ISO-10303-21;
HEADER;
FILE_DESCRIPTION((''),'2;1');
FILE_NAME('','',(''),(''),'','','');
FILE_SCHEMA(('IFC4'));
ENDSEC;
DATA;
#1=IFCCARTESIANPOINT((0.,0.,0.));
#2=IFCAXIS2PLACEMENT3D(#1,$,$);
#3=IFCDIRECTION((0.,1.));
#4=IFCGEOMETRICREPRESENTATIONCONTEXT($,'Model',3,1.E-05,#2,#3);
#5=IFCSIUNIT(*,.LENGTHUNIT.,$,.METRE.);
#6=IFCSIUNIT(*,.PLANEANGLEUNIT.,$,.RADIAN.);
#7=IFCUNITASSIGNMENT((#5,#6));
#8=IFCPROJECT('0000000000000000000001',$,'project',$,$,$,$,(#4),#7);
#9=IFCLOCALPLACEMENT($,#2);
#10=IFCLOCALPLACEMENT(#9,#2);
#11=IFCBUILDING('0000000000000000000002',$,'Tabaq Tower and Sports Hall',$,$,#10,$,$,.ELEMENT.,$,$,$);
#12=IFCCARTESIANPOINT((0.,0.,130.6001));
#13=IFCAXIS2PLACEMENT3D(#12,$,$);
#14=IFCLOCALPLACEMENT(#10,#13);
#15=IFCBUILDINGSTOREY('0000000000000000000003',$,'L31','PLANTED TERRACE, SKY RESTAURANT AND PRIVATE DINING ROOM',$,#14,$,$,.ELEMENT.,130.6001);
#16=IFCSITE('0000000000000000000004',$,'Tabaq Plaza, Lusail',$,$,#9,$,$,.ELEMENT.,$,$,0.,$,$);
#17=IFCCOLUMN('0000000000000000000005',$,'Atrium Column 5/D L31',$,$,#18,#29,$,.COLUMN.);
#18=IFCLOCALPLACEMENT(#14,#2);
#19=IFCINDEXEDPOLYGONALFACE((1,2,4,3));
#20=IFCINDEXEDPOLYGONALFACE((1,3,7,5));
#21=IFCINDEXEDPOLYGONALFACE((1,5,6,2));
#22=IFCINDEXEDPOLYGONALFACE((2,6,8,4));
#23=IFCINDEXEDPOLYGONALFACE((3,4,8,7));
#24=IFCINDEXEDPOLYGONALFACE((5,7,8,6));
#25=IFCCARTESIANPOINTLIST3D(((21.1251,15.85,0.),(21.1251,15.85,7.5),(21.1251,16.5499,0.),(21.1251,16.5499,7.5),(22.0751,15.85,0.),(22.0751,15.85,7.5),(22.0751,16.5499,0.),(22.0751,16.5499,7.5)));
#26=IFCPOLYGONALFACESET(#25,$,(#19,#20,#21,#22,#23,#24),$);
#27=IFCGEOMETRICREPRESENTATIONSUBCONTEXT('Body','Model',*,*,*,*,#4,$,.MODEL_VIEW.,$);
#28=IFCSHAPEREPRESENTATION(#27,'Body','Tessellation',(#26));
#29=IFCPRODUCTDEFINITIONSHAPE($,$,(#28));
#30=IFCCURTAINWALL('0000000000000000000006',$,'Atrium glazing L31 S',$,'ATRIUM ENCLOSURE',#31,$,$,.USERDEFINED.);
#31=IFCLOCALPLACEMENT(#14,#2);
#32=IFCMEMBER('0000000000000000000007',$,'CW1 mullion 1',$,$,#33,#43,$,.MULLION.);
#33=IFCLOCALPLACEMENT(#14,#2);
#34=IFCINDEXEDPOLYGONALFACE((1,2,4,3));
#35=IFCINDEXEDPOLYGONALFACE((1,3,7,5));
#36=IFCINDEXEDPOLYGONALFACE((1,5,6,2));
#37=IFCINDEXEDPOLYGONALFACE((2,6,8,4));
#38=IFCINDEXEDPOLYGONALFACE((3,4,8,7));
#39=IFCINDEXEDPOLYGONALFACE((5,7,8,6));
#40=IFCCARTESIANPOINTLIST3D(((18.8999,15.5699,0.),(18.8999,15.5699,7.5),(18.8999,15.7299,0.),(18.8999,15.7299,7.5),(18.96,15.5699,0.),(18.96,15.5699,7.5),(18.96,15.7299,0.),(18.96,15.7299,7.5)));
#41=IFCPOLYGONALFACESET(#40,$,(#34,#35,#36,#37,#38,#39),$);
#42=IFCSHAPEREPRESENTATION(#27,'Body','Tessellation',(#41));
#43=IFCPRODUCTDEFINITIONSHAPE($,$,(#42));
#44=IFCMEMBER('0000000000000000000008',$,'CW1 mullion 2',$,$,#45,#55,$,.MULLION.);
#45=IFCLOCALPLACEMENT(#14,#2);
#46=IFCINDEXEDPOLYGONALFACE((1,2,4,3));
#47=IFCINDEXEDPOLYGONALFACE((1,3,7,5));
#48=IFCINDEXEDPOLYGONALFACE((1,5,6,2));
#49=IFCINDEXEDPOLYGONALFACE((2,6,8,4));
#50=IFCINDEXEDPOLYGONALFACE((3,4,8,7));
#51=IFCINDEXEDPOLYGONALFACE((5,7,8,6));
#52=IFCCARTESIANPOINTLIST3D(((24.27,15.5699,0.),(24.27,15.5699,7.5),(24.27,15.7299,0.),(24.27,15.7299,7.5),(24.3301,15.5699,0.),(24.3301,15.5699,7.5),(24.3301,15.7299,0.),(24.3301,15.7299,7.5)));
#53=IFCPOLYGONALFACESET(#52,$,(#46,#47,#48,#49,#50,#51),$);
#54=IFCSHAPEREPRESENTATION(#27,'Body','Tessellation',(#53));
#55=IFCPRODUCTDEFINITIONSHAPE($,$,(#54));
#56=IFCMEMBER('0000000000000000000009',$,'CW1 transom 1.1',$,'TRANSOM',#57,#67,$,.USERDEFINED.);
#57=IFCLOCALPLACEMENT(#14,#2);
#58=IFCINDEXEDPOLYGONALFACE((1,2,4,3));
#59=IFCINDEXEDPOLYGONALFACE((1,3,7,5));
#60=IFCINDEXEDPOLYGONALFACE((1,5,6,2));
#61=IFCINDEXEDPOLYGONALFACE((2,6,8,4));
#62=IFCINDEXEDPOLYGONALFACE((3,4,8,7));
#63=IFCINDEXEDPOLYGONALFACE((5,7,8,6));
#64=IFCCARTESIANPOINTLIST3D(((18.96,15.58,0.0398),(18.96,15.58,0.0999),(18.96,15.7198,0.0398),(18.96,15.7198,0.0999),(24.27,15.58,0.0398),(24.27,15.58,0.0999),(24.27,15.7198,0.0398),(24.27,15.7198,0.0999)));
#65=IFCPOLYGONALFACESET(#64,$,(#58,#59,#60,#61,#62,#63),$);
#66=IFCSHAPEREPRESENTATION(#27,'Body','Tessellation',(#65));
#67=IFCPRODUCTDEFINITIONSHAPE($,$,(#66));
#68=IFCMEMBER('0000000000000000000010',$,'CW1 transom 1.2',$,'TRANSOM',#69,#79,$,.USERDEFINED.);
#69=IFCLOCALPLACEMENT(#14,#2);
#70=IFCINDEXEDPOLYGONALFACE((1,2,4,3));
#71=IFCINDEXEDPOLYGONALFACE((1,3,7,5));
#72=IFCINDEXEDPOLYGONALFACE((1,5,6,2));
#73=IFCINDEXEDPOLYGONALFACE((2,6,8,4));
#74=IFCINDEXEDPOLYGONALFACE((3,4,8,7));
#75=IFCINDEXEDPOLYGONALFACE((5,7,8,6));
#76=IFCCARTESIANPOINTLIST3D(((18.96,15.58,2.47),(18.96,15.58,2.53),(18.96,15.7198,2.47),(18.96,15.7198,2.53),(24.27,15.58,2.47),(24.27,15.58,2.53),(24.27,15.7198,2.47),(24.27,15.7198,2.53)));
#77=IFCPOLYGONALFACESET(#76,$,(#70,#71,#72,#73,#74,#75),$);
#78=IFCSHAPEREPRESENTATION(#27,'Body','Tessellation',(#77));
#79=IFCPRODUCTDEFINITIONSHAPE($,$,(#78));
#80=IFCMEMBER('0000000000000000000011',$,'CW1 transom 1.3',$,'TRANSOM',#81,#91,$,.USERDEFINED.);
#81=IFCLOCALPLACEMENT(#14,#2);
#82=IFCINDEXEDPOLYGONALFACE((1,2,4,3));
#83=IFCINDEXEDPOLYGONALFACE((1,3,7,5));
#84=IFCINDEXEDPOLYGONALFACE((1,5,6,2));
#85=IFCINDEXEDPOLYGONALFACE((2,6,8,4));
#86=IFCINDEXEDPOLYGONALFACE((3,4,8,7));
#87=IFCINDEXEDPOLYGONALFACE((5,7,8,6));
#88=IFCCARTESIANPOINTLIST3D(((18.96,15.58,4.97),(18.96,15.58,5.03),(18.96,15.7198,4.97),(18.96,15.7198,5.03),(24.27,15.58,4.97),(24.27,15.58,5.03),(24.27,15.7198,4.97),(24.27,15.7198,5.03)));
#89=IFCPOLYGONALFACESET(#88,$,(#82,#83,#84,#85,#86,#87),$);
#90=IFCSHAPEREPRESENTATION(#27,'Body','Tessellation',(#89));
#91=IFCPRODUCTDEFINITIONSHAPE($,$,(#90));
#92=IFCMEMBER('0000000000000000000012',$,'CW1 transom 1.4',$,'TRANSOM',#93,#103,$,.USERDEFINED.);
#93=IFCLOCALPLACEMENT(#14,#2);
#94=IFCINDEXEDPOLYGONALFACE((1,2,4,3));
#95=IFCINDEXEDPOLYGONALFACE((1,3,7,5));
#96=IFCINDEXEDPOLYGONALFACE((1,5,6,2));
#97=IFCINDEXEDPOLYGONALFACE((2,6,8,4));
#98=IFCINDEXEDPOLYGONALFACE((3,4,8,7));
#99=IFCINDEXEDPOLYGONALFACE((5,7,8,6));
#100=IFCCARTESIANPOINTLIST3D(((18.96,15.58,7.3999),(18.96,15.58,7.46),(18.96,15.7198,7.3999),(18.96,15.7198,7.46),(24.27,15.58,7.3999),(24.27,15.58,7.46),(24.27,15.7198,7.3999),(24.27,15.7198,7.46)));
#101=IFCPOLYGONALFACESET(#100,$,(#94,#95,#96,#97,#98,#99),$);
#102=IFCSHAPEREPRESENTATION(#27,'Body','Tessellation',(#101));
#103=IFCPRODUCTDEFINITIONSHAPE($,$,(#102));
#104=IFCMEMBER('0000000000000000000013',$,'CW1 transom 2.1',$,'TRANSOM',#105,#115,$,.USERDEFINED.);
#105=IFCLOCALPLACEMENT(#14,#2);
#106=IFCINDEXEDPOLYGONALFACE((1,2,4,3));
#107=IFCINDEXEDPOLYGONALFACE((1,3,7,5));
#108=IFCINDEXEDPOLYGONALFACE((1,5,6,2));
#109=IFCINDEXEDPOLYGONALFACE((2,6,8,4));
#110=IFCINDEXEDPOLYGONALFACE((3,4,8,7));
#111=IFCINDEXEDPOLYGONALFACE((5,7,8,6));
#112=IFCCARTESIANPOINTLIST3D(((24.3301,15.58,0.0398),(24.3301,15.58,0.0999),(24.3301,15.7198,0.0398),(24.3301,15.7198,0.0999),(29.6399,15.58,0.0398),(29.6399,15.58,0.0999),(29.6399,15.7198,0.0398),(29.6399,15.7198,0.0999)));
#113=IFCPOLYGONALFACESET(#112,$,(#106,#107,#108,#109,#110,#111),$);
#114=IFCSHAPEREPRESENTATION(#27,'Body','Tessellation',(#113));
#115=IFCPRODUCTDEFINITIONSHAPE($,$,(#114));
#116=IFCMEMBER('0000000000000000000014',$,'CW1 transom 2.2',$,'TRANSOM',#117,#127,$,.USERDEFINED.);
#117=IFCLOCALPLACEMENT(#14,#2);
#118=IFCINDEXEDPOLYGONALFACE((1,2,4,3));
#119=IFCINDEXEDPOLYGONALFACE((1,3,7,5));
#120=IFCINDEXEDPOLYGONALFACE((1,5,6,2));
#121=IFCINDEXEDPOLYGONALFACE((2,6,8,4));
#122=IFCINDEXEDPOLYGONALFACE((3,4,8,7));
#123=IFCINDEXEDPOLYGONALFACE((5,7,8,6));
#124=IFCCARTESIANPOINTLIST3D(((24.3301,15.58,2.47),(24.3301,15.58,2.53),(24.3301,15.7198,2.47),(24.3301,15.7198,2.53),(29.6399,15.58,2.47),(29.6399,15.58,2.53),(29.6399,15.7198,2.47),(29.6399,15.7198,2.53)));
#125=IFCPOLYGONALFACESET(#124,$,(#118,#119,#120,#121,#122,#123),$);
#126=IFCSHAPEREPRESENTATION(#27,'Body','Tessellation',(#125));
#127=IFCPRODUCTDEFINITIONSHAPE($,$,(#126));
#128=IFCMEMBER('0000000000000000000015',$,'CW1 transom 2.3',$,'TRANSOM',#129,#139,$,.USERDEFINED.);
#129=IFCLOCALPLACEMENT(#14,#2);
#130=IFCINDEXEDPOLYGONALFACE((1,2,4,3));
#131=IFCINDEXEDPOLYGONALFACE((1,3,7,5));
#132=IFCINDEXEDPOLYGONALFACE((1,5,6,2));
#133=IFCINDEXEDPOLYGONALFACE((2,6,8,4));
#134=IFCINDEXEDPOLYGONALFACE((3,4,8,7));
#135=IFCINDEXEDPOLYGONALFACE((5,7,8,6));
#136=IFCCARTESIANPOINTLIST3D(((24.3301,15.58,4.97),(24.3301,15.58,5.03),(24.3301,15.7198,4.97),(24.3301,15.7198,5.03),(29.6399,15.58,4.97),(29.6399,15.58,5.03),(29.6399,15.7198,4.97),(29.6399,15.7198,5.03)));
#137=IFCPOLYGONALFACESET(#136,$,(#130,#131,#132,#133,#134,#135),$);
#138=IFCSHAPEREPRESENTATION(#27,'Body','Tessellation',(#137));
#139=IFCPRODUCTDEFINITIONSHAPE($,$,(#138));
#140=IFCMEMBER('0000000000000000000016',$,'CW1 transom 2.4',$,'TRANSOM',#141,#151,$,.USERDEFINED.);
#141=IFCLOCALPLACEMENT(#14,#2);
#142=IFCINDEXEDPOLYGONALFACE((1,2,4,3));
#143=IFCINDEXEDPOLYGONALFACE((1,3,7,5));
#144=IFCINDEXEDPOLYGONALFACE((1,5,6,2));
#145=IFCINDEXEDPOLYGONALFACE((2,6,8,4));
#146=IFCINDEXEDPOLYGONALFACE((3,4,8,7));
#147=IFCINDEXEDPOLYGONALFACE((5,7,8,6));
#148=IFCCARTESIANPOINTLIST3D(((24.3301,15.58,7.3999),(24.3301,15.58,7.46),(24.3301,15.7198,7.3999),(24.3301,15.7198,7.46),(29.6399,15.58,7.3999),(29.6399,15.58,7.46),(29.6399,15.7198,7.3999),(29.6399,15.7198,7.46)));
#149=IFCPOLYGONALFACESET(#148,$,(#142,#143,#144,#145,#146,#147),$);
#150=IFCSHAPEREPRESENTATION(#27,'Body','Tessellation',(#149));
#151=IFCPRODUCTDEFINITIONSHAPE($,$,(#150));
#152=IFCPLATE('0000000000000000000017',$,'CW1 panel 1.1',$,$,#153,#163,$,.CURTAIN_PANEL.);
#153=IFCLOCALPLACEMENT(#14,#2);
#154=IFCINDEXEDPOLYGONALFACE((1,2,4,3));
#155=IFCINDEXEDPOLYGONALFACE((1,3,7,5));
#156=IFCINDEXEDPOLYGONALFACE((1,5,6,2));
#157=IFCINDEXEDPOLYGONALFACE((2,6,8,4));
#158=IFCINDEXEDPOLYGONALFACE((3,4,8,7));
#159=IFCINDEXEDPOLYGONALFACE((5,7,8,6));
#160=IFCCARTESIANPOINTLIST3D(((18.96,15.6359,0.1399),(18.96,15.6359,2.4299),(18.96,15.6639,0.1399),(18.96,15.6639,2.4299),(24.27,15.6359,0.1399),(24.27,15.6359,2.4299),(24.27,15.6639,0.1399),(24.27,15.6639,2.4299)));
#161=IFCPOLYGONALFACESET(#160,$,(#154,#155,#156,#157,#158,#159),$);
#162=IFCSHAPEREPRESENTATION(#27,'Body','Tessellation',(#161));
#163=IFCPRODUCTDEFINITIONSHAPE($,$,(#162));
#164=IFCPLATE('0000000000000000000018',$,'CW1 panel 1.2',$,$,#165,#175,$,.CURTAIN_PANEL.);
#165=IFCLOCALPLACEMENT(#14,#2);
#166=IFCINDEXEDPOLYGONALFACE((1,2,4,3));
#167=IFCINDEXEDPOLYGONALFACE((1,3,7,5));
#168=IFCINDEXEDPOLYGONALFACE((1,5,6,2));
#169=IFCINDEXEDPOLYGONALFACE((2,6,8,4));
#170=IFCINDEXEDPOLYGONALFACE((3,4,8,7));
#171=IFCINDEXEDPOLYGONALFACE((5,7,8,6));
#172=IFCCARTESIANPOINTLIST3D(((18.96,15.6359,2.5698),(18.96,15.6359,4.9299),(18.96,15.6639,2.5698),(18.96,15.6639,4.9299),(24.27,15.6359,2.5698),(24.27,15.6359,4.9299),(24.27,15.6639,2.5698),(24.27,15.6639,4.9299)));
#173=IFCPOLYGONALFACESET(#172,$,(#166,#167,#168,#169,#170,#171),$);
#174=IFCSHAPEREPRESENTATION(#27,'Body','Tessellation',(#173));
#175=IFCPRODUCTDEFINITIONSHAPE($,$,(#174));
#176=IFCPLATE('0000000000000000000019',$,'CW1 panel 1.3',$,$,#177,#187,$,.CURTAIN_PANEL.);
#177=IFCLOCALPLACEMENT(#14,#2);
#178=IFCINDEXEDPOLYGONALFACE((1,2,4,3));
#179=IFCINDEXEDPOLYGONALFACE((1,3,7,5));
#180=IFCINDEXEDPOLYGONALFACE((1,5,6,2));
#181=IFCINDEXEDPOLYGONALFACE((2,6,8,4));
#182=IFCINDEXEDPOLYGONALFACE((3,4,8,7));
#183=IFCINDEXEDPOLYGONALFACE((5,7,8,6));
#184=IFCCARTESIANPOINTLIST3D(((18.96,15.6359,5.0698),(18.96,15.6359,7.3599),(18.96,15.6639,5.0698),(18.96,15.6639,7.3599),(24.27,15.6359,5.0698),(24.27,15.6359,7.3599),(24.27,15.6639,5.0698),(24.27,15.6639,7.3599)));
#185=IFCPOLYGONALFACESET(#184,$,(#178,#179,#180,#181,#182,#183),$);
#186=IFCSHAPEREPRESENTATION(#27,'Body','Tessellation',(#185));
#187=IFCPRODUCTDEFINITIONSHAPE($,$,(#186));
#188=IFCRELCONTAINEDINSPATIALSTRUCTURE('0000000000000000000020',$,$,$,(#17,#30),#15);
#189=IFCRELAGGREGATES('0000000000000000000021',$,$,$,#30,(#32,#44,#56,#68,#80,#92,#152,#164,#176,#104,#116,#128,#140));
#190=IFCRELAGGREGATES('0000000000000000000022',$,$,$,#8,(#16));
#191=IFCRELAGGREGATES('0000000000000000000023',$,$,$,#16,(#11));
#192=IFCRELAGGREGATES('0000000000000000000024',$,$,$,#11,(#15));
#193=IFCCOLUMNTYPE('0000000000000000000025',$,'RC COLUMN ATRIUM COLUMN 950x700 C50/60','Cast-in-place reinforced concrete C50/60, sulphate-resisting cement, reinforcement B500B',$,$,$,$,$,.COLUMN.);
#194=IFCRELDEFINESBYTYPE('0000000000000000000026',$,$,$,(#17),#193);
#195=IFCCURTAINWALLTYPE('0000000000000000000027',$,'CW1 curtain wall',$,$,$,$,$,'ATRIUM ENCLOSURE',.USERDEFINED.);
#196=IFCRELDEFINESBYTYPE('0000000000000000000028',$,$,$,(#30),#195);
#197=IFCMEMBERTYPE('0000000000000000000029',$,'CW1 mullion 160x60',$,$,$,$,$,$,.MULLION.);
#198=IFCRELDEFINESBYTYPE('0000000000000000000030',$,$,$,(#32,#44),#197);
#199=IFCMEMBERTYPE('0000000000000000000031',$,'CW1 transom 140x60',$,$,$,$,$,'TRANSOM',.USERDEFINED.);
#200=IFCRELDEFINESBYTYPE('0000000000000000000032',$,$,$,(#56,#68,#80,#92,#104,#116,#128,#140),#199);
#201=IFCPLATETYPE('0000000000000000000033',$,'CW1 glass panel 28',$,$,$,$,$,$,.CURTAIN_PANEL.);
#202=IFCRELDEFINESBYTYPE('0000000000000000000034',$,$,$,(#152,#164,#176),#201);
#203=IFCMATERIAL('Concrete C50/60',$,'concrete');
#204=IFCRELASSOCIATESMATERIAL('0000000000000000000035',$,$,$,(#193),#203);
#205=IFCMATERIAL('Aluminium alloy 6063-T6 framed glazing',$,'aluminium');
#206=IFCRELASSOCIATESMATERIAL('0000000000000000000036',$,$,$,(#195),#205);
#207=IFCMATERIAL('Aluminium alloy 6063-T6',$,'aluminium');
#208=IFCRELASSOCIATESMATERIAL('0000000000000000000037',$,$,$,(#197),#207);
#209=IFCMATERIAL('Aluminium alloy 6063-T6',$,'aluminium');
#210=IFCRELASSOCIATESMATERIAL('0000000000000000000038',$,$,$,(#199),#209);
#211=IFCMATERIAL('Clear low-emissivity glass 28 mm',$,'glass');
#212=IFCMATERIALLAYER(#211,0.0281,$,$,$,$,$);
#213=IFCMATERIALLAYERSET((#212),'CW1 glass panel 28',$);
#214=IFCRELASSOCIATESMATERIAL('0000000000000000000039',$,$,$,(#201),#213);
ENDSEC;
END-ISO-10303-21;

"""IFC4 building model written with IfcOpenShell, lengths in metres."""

from ifc_helpers import new_model, si_unit, direction, frame, origin, origin_2d, place, context, subcontext, project, spatial, rectangle, extrude, material, layer, layer_set, material_profile, profile_set, type_object, element, aggregate, save


model = new_model("IFC4")

# Units and contexts
model_context = context("Model", 3, precision=1e-05, world=origin(), true_north=direction((0.0, 1.0)))
body_context = subcontext(model_context, "Body", "Model", "MODEL_VIEW")
ifc_project = project(units=[si_unit("LENGTHUNIT", "METRE"), si_unit("PLANEANGLEUNIT", "RADIAN")], contexts=[model_context])

# Site, building, storey
site_placement = place(None, origin())
site = spatial("IfcSite", under=ifc_project, at=site_placement, Name="Tabaq Plaza, Lusail", CompositionType="ELEMENT", RefElevation=0.0)
building_placement = place(site_placement, origin())
building = spatial("IfcBuilding", under=site, at=building_placement, Name="Tabaq Tower and Sports Hall", CompositionType="ELEMENT")
storey_placement = place(building_placement, frame((0.0, 0.0, 130.6001)))
storey = spatial("IfcBuildingStorey", under=building, at=storey_placement, Name="L31", Description="PLANTED TERRACE, SKY RESTAURANT AND PRIVATE DINING ROOM", CompositionType="ELEMENT", Elevation=130.6001)

# Column
ifc_material_1 = material(Name="Concrete C50/60", Category="concrete")
ifc_material_profile_1 = material_profile(ifc_material_1, rectangle(XDim=0.95, YDim=0.7, at=origin_2d()), Name="ATRIUM COLUMN 950x700")
ifc_profile_set_1 = profile_set([ifc_material_profile_1], Name="Concrete C50/60")
column_type = type_object("IfcColumnType", Name="RC COLUMN ATRIUM COLUMN 950x700 C50/60", Description="Cast-in-place reinforced concrete C50/60, sulphate-resisting cement, reinforcement B500B", PredefinedType="COLUMN", material=ifc_profile_set_1)
column_placement = place(storey_placement, frame((21.6001, 16.2, 0.0), z_axis=(0.0, 0.0, 1.0), x_axis=(1.0, 0.0, 0.0)))
element("IfcColumn", 1, at=column_placement, inside=storey, type_object=column_type, Name="Atrium Column 5/D L31", PredefinedType="COLUMN", context=body_context, shape_type="SweptSolid", body=[
    extrude(rectangle(XDim=0.95, YDim=0.7, at=origin_2d()), origin(), (0.0, 0.0, 1.0), 7.5),
])

# Curtain wall, members, plates
ifc_material_2 = material(Name="Aluminium alloy 6063-T6 framed glazing", Category="aluminium")
curtain_wall_type = type_object("IfcCurtainWallType", Name="CW1 curtain wall", ElementType="ATRIUM ENCLOSURE", PredefinedType="USERDEFINED", material=ifc_material_2)
curtain_wall_placement = place(storey_placement, origin())
curtain_wall = element("IfcCurtainWall", 2, at=curtain_wall_placement, inside=storey, type_object=curtain_wall_type, Name="Atrium glazing L31 S", ObjectType="ATRIUM ENCLOSURE", PredefinedType="USERDEFINED")
ifc_material_3 = material(Name="Aluminium alloy 6063-T6", Category="aluminium")
ifc_material_profile_2 = material_profile(ifc_material_3, rectangle(XDim=0.1599, YDim=0.0601, at=origin_2d()), Name="MULLION 160x60")
ifc_profile_set_2 = profile_set([ifc_material_profile_2], Name="Aluminium alloy 6063-T6")
member_type_1 = type_object("IfcMemberType", Name="CW1 mullion 160x60", PredefinedType="MULLION", material=ifc_profile_set_2)
member_1_placement = place(storey_placement, frame((18.9299, 15.6499, 0.0), z_axis=(0.0, 0.0, 1.0), x_axis=(0.0, 1.0, 0.0)))
member_1 = element("IfcMember", 3, at=member_1_placement, type_object=member_type_1, Name="CW1 mullion 1", PredefinedType="MULLION", context=body_context, shape_type="SweptSolid", body=[
    extrude(rectangle(XDim=0.1599, YDim=0.0601, at=origin_2d()), origin(), (0.0, 0.0, 1.0), 7.5),
])
member_2_placement = place(storey_placement, frame((24.3, 15.6499, 0.0), z_axis=(0.0, 0.0, 1.0), x_axis=(0.0, 1.0, 0.0)))
member_2 = element("IfcMember", 4, at=member_2_placement, type_object=member_type_1, Name="CW1 mullion 2", PredefinedType="MULLION", context=body_context, shape_type="SweptSolid", body=[
    extrude(rectangle(XDim=0.1599, YDim=0.0601, at=origin_2d()), origin(), (0.0, 0.0, 1.0), 7.5),
])
ifc_material_4 = material(Name="Aluminium alloy 6063-T6", Category="aluminium")
ifc_material_profile_3 = material_profile(ifc_material_4, rectangle(XDim=0.1399, YDim=0.0601, at=origin_2d()), Name="TRANSOM 140x60")
ifc_profile_set_3 = profile_set([ifc_material_profile_3], Name="Aluminium alloy 6063-T6")
member_type_2 = type_object("IfcMemberType", Name="CW1 transom 140x60", ElementType="TRANSOM", PredefinedType="USERDEFINED", material=ifc_profile_set_3)
member_3_placement = place(storey_placement, frame((18.96, 15.6499, 0.0698), z_axis=(1.0, 0.0, 0.0), x_axis=(0.0, 1.0, 0.0)))
member_3 = element("IfcMember", 5, at=member_3_placement, type_object=member_type_2, Name="CW1 transom 1.1", ObjectType="TRANSOM", PredefinedType="USERDEFINED", context=body_context, shape_type="SweptSolid", body=[
    extrude(rectangle(XDim=0.1399, YDim=0.0601, at=origin_2d()), origin(), (0.0, 0.0, 1.0), 5.3101),
])
member_4_placement = place(storey_placement, frame((18.96, 15.6499, 2.5), z_axis=(1.0, 0.0, 0.0), x_axis=(0.0, 1.0, 0.0)))
member_4 = element("IfcMember", 6, at=member_4_placement, type_object=member_type_2, Name="CW1 transom 1.2", ObjectType="TRANSOM", PredefinedType="USERDEFINED", context=body_context, shape_type="SweptSolid", body=[
    extrude(rectangle(XDim=0.1399, YDim=0.0601, at=origin_2d()), origin(), (0.0, 0.0, 1.0), 5.3101),
])
member_5_placement = place(storey_placement, frame((18.96, 15.6499, 5.0), z_axis=(1.0, 0.0, 0.0), x_axis=(0.0, 1.0, 0.0)))
member_5 = element("IfcMember", 7, at=member_5_placement, type_object=member_type_2, Name="CW1 transom 1.3", ObjectType="TRANSOM", PredefinedType="USERDEFINED", context=body_context, shape_type="SweptSolid", body=[
    extrude(rectangle(XDim=0.1399, YDim=0.0601, at=origin_2d()), origin(), (0.0, 0.0, 1.0), 5.3101),
])
member_6_placement = place(storey_placement, frame((18.96, 15.6499, 7.4299), z_axis=(1.0, 0.0, 0.0), x_axis=(0.0, 1.0, 0.0)))
member_6 = element("IfcMember", 8, at=member_6_placement, type_object=member_type_2, Name="CW1 transom 1.4", ObjectType="TRANSOM", PredefinedType="USERDEFINED", context=body_context, shape_type="SweptSolid", body=[
    extrude(rectangle(XDim=0.1399, YDim=0.0601, at=origin_2d()), origin(), (0.0, 0.0, 1.0), 5.3101),
])
member_7_placement = place(storey_placement, frame((24.3301, 15.6499, 0.0698), z_axis=(1.0, 0.0, 0.0), x_axis=(0.0, 1.0, 0.0)))
member_7 = element("IfcMember", 9, at=member_7_placement, type_object=member_type_2, Name="CW1 transom 2.1", ObjectType="TRANSOM", PredefinedType="USERDEFINED", context=body_context, shape_type="SweptSolid", body=[
    extrude(rectangle(XDim=0.1399, YDim=0.0601, at=origin_2d()), origin(), (0.0, 0.0, 1.0), 5.3098),
])
member_8_placement = place(storey_placement, frame((24.3301, 15.6499, 2.5), z_axis=(1.0, 0.0, 0.0), x_axis=(0.0, 1.0, 0.0)))
member_8 = element("IfcMember", 10, at=member_8_placement, type_object=member_type_2, Name="CW1 transom 2.2", ObjectType="TRANSOM", PredefinedType="USERDEFINED", context=body_context, shape_type="SweptSolid", body=[
    extrude(rectangle(XDim=0.1399, YDim=0.0601, at=origin_2d()), origin(), (0.0, 0.0, 1.0), 5.3098),
])
member_9_placement = place(storey_placement, frame((24.3301, 15.6499, 5.0), z_axis=(1.0, 0.0, 0.0), x_axis=(0.0, 1.0, 0.0)))
member_9 = element("IfcMember", 11, at=member_9_placement, type_object=member_type_2, Name="CW1 transom 2.3", ObjectType="TRANSOM", PredefinedType="USERDEFINED", context=body_context, shape_type="SweptSolid", body=[
    extrude(rectangle(XDim=0.1399, YDim=0.0601, at=origin_2d()), origin(), (0.0, 0.0, 1.0), 5.3098),
])
member_10_placement = place(storey_placement, frame((24.3301, 15.6499, 7.4299), z_axis=(1.0, 0.0, 0.0), x_axis=(0.0, 1.0, 0.0)))
member_10 = element("IfcMember", 12, at=member_10_placement, type_object=member_type_2, Name="CW1 transom 2.4", ObjectType="TRANSOM", PredefinedType="USERDEFINED", context=body_context, shape_type="SweptSolid", body=[
    extrude(rectangle(XDim=0.1399, YDim=0.0601, at=origin_2d()), origin(), (0.0, 0.0, 1.0), 5.3098),
])
ifc_material_5 = material(Name="Clear low-emissivity glass 28 mm", Category="glass")
ifc_layer_1 = layer(ifc_material_5, 0.0281)
ifc_layer_set_1 = layer_set([ifc_layer_1], Name="CW1 glass panel 28")
plate_type = type_object("IfcPlateType", Name="CW1 glass panel 28", PredefinedType="CURTAIN_PANEL", material=ifc_layer_set_1)
plate_1_placement = place(storey_placement, frame((21.615, 15.6499, 0.1399), z_axis=(0.0, 0.0, 1.0), x_axis=(1.0, 0.0, 0.0)))
plate_1 = element("IfcPlate", 13, at=plate_1_placement, type_object=plate_type, Name="CW1 panel 1.1", PredefinedType="CURTAIN_PANEL", context=body_context, shape_type="SweptSolid", body=[
    extrude(rectangle(XDim=5.3101, YDim=0.0281, at=origin_2d()), origin(), (0.0, 0.0, 1.0), 2.29),
])
plate_2_placement = place(storey_placement, frame((21.615, 15.6499, 2.5698), z_axis=(0.0, 0.0, 1.0), x_axis=(1.0, 0.0, 0.0)))
plate_2 = element("IfcPlate", 14, at=plate_2_placement, type_object=plate_type, Name="CW1 panel 1.2", PredefinedType="CURTAIN_PANEL", context=body_context, shape_type="SweptSolid", body=[
    extrude(rectangle(XDim=5.3101, YDim=0.0281, at=origin_2d()), origin(), (0.0, 0.0, 1.0), 2.3601),
])
plate_3_placement = place(storey_placement, frame((21.615, 15.6499, 5.0698), z_axis=(0.0, 0.0, 1.0), x_axis=(1.0, 0.0, 0.0)))
plate_3 = element("IfcPlate", 15, at=plate_3_placement, type_object=plate_type, Name="CW1 panel 1.3", PredefinedType="CURTAIN_PANEL", context=body_context, shape_type="SweptSolid", body=[
    extrude(rectangle(XDim=5.3101, YDim=0.0281, at=origin_2d()), origin(), (0.0, 0.0, 1.0), 2.29),
])
aggregate(curtain_wall, [member_1, member_2, member_3, member_4, member_5, member_6, plate_1, plate_2, plate_3, member_7, member_8, member_9, member_10])

save(model, "model.ifc")
